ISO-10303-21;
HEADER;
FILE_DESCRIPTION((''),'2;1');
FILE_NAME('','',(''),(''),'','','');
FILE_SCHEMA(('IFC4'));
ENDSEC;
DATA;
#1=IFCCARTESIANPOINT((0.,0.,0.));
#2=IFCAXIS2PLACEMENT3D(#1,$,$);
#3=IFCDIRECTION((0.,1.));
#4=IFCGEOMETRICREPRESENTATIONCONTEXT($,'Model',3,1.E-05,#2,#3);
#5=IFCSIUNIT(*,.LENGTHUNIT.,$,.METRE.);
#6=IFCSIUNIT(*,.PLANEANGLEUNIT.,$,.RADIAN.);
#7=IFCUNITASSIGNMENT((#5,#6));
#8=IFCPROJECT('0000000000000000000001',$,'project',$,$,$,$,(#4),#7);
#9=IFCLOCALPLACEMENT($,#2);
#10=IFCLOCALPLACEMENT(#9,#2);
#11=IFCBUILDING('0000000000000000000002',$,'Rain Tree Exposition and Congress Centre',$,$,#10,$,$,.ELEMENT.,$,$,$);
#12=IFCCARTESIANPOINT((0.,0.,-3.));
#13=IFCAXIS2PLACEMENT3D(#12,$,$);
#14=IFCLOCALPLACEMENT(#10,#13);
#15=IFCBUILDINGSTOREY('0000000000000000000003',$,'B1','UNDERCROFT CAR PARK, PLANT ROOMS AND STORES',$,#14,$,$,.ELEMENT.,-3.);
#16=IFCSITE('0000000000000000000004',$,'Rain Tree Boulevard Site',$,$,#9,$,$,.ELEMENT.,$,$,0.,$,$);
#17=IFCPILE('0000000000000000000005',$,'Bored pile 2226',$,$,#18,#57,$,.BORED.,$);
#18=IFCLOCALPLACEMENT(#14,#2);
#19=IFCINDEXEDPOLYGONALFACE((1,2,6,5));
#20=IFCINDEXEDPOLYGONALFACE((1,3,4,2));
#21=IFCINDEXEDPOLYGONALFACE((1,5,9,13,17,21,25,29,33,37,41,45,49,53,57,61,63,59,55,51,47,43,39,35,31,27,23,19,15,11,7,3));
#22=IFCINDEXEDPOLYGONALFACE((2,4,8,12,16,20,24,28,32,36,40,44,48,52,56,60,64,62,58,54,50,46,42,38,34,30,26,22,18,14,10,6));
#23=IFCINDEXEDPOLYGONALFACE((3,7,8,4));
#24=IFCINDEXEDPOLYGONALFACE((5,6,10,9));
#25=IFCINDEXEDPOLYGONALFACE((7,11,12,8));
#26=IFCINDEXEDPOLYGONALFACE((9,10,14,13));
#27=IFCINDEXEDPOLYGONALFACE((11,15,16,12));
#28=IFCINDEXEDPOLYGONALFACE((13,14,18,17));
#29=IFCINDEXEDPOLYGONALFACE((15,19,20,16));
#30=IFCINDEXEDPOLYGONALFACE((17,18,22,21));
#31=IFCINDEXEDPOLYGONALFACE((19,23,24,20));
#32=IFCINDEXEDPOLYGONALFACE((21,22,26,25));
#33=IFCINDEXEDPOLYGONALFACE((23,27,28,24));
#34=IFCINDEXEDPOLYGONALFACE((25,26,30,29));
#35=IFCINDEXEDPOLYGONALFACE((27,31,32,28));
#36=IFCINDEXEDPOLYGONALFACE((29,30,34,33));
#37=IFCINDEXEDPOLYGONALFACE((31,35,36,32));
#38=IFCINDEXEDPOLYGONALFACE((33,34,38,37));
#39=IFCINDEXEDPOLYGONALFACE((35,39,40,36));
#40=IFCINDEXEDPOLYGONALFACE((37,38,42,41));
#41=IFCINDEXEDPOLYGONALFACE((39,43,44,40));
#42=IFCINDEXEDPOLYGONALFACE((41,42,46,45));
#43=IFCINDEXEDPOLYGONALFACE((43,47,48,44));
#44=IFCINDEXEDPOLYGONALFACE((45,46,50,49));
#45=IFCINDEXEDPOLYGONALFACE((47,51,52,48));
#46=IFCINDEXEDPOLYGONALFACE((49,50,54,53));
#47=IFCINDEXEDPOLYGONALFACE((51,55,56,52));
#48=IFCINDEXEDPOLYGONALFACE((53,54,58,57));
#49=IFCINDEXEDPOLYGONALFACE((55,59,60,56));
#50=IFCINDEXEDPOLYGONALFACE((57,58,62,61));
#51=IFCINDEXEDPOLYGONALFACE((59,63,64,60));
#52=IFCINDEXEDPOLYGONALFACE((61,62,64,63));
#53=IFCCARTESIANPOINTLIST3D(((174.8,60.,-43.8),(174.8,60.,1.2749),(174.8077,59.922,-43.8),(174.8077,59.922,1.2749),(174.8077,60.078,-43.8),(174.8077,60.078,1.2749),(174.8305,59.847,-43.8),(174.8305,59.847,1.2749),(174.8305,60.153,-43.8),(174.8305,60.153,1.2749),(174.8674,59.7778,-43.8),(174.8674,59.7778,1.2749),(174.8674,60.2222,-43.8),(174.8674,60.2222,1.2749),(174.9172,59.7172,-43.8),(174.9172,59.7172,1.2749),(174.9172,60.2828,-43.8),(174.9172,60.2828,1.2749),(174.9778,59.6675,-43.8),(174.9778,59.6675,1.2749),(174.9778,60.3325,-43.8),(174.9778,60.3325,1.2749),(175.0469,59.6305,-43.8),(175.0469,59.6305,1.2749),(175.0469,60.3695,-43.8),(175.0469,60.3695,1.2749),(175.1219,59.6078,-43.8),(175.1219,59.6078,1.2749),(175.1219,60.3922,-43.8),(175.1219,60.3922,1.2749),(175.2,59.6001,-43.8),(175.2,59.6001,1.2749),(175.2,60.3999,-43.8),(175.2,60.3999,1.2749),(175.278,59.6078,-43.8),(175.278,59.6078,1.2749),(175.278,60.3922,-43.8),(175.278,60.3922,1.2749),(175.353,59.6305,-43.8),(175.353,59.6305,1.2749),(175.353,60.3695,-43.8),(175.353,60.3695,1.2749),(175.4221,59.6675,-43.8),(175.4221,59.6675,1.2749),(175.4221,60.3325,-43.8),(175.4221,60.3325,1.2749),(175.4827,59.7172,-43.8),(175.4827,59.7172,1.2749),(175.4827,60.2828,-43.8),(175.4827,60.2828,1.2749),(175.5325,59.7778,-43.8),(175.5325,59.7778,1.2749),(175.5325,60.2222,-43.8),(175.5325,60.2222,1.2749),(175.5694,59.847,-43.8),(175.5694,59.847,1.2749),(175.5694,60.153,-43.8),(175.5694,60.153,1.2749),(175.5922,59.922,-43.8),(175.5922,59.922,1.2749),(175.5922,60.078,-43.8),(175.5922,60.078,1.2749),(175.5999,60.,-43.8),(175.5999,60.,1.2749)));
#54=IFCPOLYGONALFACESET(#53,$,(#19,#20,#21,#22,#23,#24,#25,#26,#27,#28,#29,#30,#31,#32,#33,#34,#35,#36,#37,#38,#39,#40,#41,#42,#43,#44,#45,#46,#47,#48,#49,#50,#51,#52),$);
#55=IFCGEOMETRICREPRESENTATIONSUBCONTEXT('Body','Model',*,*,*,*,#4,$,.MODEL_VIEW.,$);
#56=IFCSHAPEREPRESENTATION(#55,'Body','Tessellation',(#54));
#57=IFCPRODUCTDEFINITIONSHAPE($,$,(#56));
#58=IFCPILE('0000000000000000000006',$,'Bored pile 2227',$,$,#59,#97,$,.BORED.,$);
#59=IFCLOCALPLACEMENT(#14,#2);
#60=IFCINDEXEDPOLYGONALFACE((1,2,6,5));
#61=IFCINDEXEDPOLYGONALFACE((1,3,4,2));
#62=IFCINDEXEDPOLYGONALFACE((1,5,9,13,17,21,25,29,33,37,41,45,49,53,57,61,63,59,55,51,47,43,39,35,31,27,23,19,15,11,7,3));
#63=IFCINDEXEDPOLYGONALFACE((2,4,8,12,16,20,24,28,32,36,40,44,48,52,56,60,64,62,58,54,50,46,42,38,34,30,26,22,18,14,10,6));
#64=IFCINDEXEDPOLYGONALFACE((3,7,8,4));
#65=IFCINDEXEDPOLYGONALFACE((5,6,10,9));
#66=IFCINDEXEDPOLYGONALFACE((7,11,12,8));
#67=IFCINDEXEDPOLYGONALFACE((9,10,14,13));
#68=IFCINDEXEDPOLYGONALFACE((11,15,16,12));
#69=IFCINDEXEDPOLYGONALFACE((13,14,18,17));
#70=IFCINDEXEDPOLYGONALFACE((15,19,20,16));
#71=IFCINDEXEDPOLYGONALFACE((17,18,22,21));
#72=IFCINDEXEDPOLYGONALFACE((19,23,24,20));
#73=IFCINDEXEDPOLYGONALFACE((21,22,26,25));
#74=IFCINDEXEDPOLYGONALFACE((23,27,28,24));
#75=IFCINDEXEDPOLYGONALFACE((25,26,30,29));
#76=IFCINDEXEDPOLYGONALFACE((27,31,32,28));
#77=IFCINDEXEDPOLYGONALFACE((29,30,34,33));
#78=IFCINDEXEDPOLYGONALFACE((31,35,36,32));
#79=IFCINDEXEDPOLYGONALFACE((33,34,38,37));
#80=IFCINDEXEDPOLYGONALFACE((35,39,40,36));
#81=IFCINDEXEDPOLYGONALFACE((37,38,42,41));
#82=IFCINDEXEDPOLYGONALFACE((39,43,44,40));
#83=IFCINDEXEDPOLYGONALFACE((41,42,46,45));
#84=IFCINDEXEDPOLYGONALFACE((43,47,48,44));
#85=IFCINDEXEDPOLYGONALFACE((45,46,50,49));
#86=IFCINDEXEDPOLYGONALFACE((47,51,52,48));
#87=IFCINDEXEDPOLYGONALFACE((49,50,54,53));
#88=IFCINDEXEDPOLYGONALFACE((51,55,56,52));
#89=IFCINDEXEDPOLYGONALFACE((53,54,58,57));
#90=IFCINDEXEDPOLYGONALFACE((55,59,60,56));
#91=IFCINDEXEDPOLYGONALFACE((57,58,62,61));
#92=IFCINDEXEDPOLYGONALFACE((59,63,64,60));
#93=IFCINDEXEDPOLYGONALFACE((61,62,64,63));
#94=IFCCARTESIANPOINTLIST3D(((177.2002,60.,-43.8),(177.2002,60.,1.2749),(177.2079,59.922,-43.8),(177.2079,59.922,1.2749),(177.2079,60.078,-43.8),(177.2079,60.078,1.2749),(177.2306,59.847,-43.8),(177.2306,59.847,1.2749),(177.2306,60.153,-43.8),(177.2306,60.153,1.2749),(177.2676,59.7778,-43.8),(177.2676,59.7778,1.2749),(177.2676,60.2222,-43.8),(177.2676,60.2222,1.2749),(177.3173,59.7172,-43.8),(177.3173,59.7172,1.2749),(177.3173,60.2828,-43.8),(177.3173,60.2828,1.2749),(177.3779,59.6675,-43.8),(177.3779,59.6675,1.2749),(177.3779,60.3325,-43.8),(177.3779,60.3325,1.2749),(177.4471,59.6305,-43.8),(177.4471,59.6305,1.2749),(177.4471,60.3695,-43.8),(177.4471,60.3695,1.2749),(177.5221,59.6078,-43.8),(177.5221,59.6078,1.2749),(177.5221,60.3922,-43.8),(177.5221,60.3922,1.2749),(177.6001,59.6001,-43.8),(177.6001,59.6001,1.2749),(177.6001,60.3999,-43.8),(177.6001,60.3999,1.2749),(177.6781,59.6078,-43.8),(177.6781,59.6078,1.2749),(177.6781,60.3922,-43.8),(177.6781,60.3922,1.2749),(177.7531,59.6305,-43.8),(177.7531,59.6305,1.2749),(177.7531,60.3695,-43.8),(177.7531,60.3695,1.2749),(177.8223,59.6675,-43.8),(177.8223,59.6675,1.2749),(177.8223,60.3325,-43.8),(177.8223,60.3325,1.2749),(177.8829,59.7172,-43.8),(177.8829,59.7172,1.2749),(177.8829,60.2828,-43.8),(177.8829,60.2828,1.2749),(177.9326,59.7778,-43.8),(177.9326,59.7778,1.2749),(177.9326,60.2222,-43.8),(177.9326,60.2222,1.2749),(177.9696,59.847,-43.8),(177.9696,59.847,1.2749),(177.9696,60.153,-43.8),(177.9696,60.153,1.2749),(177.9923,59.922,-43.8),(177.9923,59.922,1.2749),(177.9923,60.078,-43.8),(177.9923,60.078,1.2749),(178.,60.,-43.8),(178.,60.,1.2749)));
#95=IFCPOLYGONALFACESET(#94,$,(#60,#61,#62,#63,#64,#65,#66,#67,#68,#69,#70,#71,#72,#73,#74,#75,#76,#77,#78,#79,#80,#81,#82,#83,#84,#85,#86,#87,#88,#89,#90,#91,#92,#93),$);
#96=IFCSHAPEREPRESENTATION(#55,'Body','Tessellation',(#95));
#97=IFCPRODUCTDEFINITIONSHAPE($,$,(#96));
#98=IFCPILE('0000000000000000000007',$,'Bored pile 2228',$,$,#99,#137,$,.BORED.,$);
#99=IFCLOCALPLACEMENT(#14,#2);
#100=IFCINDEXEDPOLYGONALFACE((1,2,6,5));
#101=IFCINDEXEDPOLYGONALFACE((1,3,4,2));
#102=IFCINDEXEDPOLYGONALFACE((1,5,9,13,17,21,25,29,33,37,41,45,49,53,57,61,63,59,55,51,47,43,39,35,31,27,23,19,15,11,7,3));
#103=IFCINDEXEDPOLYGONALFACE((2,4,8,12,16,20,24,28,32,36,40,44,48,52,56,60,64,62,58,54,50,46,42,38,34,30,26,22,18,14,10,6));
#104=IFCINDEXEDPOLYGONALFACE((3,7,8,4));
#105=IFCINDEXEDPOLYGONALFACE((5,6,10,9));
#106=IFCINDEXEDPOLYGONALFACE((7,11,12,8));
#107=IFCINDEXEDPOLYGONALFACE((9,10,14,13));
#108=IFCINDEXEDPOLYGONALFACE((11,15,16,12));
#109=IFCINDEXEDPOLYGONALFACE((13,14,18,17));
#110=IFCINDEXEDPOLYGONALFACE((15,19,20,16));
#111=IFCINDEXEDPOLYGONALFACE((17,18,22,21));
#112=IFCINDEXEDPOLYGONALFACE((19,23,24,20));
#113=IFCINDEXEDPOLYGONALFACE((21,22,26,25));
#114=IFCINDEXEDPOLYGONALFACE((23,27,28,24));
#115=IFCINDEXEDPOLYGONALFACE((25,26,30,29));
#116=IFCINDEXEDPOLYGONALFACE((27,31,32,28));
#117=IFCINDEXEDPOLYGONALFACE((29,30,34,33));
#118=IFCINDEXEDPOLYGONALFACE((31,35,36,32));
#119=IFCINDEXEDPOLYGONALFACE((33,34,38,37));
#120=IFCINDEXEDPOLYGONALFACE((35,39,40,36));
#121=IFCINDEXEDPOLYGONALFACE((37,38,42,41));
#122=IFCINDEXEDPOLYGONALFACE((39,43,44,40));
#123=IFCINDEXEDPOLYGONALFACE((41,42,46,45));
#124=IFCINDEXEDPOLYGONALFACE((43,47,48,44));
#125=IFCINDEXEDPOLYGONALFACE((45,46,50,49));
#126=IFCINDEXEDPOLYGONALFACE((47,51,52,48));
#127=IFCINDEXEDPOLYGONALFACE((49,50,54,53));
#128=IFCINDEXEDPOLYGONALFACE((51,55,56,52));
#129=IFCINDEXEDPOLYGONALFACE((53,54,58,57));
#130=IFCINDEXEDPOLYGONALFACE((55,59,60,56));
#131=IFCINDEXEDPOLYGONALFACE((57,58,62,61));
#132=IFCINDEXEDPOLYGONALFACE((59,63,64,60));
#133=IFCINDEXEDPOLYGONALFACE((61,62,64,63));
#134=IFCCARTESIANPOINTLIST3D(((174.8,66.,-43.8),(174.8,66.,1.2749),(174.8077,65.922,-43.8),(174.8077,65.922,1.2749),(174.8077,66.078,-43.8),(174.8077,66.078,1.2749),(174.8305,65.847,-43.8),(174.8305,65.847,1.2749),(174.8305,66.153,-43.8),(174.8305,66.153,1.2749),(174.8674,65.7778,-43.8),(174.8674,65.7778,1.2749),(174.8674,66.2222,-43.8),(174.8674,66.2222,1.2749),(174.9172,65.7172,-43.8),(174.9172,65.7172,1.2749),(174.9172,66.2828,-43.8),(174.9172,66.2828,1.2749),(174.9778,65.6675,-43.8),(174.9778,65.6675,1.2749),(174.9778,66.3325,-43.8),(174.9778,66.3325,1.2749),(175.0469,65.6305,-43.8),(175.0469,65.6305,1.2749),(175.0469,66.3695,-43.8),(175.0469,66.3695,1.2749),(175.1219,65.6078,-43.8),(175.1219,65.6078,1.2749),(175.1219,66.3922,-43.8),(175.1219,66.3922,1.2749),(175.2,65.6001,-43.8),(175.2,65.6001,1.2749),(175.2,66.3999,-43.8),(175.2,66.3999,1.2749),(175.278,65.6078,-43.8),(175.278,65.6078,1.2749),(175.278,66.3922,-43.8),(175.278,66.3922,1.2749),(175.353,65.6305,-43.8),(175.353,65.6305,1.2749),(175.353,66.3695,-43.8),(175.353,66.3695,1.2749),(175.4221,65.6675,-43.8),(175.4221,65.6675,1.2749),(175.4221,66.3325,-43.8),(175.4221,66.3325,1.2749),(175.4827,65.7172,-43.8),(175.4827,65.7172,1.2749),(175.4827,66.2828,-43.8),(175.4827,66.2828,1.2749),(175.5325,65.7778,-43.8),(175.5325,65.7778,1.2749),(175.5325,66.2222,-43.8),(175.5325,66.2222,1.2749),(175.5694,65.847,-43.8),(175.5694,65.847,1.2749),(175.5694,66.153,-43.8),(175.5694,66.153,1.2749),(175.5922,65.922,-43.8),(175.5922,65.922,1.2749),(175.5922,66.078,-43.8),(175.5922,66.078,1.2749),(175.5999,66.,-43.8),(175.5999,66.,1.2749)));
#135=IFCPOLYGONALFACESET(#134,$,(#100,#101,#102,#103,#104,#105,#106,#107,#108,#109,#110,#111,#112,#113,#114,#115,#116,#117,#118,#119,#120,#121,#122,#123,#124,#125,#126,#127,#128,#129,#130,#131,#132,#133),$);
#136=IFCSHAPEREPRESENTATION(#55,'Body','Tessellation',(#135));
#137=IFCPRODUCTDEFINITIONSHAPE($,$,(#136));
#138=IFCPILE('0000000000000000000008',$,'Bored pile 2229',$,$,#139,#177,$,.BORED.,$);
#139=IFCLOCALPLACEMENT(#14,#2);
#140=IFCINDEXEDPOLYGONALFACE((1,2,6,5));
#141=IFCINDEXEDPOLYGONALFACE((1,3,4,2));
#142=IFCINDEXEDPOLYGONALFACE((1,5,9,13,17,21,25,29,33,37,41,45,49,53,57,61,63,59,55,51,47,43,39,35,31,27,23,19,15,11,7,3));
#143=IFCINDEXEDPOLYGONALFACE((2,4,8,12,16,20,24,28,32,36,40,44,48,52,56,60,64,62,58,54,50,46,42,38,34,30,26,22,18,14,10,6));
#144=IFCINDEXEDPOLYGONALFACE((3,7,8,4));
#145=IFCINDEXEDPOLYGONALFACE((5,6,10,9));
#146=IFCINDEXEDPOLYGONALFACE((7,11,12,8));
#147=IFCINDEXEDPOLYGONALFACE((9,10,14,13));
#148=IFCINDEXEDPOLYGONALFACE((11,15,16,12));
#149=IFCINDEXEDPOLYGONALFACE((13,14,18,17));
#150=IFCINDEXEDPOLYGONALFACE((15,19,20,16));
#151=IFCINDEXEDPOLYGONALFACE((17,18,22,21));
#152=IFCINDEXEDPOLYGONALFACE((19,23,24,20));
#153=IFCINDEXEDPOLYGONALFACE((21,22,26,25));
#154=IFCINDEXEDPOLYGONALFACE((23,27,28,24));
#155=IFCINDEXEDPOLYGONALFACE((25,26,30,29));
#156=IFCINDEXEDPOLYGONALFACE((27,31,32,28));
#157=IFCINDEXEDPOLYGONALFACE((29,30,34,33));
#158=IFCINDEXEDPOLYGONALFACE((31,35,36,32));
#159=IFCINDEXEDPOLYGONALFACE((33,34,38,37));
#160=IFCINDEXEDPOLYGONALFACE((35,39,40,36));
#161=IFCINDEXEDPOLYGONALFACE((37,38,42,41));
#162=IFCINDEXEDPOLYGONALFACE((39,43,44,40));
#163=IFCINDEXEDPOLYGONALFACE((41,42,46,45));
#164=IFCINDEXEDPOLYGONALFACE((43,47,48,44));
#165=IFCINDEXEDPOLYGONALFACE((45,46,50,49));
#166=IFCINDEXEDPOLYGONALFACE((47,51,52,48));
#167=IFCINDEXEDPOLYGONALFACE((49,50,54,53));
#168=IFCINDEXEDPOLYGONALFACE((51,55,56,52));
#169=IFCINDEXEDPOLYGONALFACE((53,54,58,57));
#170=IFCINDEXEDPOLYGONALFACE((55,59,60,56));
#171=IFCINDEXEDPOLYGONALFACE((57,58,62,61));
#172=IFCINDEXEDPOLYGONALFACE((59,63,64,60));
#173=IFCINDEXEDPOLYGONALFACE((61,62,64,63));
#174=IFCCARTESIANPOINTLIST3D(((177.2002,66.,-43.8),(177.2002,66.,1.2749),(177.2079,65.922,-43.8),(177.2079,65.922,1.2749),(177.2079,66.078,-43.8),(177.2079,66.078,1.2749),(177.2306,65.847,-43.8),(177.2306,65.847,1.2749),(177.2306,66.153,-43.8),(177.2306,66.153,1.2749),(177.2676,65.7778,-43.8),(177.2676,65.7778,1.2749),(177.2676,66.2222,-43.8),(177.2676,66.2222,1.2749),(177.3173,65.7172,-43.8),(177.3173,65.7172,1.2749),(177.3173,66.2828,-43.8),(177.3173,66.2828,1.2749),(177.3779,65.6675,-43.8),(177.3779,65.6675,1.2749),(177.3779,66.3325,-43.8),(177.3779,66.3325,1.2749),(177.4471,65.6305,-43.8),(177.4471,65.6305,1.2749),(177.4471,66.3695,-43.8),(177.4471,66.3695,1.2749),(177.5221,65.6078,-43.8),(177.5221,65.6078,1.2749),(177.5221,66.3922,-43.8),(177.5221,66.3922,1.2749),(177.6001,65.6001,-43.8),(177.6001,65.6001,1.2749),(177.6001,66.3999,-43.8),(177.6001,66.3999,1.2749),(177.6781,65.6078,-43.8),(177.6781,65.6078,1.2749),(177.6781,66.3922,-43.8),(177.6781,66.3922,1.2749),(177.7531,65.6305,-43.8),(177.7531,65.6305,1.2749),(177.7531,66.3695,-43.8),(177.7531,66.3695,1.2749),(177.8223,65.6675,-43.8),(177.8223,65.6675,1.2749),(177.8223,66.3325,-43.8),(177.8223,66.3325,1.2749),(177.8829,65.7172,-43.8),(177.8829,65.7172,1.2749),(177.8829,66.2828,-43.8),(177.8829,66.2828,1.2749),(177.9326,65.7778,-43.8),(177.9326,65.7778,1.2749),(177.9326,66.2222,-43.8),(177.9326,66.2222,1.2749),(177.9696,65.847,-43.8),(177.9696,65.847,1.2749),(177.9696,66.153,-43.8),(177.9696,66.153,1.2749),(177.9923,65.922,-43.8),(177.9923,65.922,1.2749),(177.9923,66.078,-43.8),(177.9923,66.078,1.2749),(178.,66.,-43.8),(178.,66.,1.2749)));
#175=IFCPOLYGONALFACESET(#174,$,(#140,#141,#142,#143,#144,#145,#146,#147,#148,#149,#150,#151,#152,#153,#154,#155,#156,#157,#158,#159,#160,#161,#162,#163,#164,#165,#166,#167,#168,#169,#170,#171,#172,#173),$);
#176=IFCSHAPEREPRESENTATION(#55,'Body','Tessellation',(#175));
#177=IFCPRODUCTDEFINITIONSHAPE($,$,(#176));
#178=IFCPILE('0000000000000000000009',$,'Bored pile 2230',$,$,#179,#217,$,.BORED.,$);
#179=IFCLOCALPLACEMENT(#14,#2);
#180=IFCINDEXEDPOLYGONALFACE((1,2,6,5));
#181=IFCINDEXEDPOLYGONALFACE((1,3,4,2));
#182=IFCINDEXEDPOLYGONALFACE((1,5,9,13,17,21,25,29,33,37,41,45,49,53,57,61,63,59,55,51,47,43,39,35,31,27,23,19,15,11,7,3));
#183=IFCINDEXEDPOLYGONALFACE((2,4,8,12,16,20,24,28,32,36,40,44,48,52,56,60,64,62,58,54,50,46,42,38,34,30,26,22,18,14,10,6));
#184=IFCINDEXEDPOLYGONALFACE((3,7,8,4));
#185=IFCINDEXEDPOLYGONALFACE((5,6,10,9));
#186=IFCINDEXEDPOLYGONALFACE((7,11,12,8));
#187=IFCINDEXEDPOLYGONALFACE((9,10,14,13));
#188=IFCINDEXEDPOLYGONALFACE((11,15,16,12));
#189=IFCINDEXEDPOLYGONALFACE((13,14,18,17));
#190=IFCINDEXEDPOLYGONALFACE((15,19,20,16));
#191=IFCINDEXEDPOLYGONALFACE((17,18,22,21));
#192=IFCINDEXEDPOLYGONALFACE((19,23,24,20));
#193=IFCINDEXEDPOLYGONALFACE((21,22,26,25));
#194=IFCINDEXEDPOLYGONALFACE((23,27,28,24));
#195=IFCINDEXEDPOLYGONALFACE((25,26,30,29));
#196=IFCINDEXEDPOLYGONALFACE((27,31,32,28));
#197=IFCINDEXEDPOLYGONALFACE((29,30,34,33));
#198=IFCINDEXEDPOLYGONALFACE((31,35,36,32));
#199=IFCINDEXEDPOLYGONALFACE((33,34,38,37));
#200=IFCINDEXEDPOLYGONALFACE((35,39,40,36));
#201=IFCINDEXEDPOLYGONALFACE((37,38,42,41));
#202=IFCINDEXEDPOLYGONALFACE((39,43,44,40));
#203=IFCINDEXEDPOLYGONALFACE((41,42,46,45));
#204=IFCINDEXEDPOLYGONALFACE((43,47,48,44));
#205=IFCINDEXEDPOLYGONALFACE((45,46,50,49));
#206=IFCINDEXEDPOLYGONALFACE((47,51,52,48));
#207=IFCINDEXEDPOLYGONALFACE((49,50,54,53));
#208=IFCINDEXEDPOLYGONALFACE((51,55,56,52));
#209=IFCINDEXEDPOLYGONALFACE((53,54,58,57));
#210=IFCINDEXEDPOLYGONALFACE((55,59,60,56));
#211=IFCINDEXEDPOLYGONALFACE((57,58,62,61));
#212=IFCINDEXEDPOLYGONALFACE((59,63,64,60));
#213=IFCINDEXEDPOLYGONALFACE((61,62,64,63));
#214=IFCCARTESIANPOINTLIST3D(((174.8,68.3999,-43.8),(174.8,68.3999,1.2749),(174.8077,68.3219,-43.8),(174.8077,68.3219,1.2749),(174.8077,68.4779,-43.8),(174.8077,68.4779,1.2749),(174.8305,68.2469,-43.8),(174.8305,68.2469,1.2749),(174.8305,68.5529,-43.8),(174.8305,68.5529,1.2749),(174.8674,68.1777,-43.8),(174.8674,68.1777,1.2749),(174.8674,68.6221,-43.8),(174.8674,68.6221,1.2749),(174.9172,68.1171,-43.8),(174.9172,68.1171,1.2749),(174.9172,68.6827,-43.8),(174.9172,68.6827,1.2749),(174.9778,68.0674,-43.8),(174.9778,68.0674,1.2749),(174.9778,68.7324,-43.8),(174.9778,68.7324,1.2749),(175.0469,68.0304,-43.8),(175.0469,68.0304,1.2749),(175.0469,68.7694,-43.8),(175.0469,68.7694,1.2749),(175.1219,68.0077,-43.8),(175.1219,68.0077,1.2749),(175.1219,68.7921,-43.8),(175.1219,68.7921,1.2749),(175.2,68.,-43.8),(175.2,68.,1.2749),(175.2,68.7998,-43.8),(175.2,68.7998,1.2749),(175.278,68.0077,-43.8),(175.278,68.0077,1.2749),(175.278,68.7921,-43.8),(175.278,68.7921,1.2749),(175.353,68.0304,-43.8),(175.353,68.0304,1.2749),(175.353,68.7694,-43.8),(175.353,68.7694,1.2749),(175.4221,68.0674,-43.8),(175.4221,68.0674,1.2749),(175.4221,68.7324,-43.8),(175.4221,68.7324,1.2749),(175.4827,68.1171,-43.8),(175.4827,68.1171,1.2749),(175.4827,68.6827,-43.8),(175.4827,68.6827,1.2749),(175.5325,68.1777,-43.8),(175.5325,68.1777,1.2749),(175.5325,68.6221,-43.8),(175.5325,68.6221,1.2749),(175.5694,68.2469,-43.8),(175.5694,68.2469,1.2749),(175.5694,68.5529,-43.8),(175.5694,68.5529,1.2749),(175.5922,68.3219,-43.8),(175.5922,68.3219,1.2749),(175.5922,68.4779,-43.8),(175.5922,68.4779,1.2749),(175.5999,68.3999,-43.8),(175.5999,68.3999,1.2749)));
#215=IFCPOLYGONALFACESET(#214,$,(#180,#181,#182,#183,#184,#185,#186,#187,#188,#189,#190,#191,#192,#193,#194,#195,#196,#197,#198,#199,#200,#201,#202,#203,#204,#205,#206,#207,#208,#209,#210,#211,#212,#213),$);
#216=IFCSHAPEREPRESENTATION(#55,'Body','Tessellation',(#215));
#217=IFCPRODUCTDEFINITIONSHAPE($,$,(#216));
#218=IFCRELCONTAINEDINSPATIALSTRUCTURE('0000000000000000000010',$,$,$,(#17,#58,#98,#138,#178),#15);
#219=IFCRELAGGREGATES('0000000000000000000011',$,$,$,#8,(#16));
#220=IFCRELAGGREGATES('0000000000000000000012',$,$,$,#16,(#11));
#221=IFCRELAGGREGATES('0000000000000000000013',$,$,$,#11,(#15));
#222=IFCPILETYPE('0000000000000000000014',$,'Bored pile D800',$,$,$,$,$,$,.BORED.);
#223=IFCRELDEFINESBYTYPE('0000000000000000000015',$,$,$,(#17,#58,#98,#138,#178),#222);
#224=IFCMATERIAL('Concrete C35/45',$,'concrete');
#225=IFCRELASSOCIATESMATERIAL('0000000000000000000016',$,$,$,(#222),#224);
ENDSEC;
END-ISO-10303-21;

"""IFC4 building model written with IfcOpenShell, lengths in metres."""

from ifc_helpers import new_model, si_unit, direction, frame, origin, origin_2d, place, context, subcontext, project, spatial, circle, extrude, material, material_profile, profile_set, type_object, element, save


model = new_model("IFC4")

# Units and contexts
model_context = context("Model", 3, precision=1e-05, world=origin(), true_north=direction((0.0, 1.0)))
body_context = subcontext(model_context, "Body", "Model", "MODEL_VIEW")
ifc_project = project(units=[si_unit("LENGTHUNIT", "METRE"), si_unit("PLANEANGLEUNIT", "RADIAN")], contexts=[model_context])

# Site, building, storey
site_placement = place(None, origin())
site = spatial("IfcSite", under=ifc_project, at=site_placement, Name="Rain Tree Boulevard Site", CompositionType="ELEMENT", RefElevation=0.0)
building_placement = place(site_placement, origin())
building = spatial("IfcBuilding", under=site, at=building_placement, Name="Rain Tree Exposition and Congress Centre", CompositionType="ELEMENT")
storey_placement = place(building_placement, frame((0.0, 0.0, -3.0)))
storey = spatial("IfcBuildingStorey", under=building, at=storey_placement, Name="B1", Description="UNDERCROFT CAR PARK, PLANT ROOMS AND STORES", CompositionType="ELEMENT", Elevation=-3.0)

# Piles
ifc_material_1 = material(Name="Concrete C35/45", Category="concrete")
ifc_material_profile_1 = material_profile(ifc_material_1, circle(Radius=0.3999, at=origin_2d()), Name="D800")
ifc_profile_set_1 = profile_set([ifc_material_profile_1], Name="Concrete C35/45")
pile_type = type_object("IfcPileType", Name="Bored pile D800", PredefinedType="BORED", material=ifc_profile_set_1)
for number, where, z_axis, x_axis, name in (
    (1, (175.2, 60.0, 1.2749), (0.0, 0.0, -1.0), (1.0, 0.0, 0.0), "Bored pile 2226"),
    (2, (177.6001, 60.0, 1.2749), (0.0, 0.0, -1.0), (1.0, 0.0, 0.0), "Bored pile 2227"),
    (3, (175.2, 66.0, 1.2749), (0.0, 0.0, -1.0), (1.0, 0.0, 0.0), "Bored pile 2228"),
    (4, (177.6001, 66.0, 1.2749), (0.0, 0.0, -1.0), (1.0, 0.0, 0.0), "Bored pile 2229"),
    (5, (175.2, 68.3999, 1.2749), (0.0, 0.0, -1.0), (1.0, 0.0, 0.0), "Bored pile 2230"),
):
    element("IfcPile", number, at=place(storey_placement, frame(where, z_axis=z_axis, x_axis=x_axis)), inside=storey, type_object=pile_type, Name=name, PredefinedType="BORED", context=body_context, shape_type="SweptSolid", body=[
        extrude(circle(Radius=0.3999, at=origin_2d()), origin(), (0.0, 0.0, 1.0), 45.075),
    ])

save(model, "model.ifc")
